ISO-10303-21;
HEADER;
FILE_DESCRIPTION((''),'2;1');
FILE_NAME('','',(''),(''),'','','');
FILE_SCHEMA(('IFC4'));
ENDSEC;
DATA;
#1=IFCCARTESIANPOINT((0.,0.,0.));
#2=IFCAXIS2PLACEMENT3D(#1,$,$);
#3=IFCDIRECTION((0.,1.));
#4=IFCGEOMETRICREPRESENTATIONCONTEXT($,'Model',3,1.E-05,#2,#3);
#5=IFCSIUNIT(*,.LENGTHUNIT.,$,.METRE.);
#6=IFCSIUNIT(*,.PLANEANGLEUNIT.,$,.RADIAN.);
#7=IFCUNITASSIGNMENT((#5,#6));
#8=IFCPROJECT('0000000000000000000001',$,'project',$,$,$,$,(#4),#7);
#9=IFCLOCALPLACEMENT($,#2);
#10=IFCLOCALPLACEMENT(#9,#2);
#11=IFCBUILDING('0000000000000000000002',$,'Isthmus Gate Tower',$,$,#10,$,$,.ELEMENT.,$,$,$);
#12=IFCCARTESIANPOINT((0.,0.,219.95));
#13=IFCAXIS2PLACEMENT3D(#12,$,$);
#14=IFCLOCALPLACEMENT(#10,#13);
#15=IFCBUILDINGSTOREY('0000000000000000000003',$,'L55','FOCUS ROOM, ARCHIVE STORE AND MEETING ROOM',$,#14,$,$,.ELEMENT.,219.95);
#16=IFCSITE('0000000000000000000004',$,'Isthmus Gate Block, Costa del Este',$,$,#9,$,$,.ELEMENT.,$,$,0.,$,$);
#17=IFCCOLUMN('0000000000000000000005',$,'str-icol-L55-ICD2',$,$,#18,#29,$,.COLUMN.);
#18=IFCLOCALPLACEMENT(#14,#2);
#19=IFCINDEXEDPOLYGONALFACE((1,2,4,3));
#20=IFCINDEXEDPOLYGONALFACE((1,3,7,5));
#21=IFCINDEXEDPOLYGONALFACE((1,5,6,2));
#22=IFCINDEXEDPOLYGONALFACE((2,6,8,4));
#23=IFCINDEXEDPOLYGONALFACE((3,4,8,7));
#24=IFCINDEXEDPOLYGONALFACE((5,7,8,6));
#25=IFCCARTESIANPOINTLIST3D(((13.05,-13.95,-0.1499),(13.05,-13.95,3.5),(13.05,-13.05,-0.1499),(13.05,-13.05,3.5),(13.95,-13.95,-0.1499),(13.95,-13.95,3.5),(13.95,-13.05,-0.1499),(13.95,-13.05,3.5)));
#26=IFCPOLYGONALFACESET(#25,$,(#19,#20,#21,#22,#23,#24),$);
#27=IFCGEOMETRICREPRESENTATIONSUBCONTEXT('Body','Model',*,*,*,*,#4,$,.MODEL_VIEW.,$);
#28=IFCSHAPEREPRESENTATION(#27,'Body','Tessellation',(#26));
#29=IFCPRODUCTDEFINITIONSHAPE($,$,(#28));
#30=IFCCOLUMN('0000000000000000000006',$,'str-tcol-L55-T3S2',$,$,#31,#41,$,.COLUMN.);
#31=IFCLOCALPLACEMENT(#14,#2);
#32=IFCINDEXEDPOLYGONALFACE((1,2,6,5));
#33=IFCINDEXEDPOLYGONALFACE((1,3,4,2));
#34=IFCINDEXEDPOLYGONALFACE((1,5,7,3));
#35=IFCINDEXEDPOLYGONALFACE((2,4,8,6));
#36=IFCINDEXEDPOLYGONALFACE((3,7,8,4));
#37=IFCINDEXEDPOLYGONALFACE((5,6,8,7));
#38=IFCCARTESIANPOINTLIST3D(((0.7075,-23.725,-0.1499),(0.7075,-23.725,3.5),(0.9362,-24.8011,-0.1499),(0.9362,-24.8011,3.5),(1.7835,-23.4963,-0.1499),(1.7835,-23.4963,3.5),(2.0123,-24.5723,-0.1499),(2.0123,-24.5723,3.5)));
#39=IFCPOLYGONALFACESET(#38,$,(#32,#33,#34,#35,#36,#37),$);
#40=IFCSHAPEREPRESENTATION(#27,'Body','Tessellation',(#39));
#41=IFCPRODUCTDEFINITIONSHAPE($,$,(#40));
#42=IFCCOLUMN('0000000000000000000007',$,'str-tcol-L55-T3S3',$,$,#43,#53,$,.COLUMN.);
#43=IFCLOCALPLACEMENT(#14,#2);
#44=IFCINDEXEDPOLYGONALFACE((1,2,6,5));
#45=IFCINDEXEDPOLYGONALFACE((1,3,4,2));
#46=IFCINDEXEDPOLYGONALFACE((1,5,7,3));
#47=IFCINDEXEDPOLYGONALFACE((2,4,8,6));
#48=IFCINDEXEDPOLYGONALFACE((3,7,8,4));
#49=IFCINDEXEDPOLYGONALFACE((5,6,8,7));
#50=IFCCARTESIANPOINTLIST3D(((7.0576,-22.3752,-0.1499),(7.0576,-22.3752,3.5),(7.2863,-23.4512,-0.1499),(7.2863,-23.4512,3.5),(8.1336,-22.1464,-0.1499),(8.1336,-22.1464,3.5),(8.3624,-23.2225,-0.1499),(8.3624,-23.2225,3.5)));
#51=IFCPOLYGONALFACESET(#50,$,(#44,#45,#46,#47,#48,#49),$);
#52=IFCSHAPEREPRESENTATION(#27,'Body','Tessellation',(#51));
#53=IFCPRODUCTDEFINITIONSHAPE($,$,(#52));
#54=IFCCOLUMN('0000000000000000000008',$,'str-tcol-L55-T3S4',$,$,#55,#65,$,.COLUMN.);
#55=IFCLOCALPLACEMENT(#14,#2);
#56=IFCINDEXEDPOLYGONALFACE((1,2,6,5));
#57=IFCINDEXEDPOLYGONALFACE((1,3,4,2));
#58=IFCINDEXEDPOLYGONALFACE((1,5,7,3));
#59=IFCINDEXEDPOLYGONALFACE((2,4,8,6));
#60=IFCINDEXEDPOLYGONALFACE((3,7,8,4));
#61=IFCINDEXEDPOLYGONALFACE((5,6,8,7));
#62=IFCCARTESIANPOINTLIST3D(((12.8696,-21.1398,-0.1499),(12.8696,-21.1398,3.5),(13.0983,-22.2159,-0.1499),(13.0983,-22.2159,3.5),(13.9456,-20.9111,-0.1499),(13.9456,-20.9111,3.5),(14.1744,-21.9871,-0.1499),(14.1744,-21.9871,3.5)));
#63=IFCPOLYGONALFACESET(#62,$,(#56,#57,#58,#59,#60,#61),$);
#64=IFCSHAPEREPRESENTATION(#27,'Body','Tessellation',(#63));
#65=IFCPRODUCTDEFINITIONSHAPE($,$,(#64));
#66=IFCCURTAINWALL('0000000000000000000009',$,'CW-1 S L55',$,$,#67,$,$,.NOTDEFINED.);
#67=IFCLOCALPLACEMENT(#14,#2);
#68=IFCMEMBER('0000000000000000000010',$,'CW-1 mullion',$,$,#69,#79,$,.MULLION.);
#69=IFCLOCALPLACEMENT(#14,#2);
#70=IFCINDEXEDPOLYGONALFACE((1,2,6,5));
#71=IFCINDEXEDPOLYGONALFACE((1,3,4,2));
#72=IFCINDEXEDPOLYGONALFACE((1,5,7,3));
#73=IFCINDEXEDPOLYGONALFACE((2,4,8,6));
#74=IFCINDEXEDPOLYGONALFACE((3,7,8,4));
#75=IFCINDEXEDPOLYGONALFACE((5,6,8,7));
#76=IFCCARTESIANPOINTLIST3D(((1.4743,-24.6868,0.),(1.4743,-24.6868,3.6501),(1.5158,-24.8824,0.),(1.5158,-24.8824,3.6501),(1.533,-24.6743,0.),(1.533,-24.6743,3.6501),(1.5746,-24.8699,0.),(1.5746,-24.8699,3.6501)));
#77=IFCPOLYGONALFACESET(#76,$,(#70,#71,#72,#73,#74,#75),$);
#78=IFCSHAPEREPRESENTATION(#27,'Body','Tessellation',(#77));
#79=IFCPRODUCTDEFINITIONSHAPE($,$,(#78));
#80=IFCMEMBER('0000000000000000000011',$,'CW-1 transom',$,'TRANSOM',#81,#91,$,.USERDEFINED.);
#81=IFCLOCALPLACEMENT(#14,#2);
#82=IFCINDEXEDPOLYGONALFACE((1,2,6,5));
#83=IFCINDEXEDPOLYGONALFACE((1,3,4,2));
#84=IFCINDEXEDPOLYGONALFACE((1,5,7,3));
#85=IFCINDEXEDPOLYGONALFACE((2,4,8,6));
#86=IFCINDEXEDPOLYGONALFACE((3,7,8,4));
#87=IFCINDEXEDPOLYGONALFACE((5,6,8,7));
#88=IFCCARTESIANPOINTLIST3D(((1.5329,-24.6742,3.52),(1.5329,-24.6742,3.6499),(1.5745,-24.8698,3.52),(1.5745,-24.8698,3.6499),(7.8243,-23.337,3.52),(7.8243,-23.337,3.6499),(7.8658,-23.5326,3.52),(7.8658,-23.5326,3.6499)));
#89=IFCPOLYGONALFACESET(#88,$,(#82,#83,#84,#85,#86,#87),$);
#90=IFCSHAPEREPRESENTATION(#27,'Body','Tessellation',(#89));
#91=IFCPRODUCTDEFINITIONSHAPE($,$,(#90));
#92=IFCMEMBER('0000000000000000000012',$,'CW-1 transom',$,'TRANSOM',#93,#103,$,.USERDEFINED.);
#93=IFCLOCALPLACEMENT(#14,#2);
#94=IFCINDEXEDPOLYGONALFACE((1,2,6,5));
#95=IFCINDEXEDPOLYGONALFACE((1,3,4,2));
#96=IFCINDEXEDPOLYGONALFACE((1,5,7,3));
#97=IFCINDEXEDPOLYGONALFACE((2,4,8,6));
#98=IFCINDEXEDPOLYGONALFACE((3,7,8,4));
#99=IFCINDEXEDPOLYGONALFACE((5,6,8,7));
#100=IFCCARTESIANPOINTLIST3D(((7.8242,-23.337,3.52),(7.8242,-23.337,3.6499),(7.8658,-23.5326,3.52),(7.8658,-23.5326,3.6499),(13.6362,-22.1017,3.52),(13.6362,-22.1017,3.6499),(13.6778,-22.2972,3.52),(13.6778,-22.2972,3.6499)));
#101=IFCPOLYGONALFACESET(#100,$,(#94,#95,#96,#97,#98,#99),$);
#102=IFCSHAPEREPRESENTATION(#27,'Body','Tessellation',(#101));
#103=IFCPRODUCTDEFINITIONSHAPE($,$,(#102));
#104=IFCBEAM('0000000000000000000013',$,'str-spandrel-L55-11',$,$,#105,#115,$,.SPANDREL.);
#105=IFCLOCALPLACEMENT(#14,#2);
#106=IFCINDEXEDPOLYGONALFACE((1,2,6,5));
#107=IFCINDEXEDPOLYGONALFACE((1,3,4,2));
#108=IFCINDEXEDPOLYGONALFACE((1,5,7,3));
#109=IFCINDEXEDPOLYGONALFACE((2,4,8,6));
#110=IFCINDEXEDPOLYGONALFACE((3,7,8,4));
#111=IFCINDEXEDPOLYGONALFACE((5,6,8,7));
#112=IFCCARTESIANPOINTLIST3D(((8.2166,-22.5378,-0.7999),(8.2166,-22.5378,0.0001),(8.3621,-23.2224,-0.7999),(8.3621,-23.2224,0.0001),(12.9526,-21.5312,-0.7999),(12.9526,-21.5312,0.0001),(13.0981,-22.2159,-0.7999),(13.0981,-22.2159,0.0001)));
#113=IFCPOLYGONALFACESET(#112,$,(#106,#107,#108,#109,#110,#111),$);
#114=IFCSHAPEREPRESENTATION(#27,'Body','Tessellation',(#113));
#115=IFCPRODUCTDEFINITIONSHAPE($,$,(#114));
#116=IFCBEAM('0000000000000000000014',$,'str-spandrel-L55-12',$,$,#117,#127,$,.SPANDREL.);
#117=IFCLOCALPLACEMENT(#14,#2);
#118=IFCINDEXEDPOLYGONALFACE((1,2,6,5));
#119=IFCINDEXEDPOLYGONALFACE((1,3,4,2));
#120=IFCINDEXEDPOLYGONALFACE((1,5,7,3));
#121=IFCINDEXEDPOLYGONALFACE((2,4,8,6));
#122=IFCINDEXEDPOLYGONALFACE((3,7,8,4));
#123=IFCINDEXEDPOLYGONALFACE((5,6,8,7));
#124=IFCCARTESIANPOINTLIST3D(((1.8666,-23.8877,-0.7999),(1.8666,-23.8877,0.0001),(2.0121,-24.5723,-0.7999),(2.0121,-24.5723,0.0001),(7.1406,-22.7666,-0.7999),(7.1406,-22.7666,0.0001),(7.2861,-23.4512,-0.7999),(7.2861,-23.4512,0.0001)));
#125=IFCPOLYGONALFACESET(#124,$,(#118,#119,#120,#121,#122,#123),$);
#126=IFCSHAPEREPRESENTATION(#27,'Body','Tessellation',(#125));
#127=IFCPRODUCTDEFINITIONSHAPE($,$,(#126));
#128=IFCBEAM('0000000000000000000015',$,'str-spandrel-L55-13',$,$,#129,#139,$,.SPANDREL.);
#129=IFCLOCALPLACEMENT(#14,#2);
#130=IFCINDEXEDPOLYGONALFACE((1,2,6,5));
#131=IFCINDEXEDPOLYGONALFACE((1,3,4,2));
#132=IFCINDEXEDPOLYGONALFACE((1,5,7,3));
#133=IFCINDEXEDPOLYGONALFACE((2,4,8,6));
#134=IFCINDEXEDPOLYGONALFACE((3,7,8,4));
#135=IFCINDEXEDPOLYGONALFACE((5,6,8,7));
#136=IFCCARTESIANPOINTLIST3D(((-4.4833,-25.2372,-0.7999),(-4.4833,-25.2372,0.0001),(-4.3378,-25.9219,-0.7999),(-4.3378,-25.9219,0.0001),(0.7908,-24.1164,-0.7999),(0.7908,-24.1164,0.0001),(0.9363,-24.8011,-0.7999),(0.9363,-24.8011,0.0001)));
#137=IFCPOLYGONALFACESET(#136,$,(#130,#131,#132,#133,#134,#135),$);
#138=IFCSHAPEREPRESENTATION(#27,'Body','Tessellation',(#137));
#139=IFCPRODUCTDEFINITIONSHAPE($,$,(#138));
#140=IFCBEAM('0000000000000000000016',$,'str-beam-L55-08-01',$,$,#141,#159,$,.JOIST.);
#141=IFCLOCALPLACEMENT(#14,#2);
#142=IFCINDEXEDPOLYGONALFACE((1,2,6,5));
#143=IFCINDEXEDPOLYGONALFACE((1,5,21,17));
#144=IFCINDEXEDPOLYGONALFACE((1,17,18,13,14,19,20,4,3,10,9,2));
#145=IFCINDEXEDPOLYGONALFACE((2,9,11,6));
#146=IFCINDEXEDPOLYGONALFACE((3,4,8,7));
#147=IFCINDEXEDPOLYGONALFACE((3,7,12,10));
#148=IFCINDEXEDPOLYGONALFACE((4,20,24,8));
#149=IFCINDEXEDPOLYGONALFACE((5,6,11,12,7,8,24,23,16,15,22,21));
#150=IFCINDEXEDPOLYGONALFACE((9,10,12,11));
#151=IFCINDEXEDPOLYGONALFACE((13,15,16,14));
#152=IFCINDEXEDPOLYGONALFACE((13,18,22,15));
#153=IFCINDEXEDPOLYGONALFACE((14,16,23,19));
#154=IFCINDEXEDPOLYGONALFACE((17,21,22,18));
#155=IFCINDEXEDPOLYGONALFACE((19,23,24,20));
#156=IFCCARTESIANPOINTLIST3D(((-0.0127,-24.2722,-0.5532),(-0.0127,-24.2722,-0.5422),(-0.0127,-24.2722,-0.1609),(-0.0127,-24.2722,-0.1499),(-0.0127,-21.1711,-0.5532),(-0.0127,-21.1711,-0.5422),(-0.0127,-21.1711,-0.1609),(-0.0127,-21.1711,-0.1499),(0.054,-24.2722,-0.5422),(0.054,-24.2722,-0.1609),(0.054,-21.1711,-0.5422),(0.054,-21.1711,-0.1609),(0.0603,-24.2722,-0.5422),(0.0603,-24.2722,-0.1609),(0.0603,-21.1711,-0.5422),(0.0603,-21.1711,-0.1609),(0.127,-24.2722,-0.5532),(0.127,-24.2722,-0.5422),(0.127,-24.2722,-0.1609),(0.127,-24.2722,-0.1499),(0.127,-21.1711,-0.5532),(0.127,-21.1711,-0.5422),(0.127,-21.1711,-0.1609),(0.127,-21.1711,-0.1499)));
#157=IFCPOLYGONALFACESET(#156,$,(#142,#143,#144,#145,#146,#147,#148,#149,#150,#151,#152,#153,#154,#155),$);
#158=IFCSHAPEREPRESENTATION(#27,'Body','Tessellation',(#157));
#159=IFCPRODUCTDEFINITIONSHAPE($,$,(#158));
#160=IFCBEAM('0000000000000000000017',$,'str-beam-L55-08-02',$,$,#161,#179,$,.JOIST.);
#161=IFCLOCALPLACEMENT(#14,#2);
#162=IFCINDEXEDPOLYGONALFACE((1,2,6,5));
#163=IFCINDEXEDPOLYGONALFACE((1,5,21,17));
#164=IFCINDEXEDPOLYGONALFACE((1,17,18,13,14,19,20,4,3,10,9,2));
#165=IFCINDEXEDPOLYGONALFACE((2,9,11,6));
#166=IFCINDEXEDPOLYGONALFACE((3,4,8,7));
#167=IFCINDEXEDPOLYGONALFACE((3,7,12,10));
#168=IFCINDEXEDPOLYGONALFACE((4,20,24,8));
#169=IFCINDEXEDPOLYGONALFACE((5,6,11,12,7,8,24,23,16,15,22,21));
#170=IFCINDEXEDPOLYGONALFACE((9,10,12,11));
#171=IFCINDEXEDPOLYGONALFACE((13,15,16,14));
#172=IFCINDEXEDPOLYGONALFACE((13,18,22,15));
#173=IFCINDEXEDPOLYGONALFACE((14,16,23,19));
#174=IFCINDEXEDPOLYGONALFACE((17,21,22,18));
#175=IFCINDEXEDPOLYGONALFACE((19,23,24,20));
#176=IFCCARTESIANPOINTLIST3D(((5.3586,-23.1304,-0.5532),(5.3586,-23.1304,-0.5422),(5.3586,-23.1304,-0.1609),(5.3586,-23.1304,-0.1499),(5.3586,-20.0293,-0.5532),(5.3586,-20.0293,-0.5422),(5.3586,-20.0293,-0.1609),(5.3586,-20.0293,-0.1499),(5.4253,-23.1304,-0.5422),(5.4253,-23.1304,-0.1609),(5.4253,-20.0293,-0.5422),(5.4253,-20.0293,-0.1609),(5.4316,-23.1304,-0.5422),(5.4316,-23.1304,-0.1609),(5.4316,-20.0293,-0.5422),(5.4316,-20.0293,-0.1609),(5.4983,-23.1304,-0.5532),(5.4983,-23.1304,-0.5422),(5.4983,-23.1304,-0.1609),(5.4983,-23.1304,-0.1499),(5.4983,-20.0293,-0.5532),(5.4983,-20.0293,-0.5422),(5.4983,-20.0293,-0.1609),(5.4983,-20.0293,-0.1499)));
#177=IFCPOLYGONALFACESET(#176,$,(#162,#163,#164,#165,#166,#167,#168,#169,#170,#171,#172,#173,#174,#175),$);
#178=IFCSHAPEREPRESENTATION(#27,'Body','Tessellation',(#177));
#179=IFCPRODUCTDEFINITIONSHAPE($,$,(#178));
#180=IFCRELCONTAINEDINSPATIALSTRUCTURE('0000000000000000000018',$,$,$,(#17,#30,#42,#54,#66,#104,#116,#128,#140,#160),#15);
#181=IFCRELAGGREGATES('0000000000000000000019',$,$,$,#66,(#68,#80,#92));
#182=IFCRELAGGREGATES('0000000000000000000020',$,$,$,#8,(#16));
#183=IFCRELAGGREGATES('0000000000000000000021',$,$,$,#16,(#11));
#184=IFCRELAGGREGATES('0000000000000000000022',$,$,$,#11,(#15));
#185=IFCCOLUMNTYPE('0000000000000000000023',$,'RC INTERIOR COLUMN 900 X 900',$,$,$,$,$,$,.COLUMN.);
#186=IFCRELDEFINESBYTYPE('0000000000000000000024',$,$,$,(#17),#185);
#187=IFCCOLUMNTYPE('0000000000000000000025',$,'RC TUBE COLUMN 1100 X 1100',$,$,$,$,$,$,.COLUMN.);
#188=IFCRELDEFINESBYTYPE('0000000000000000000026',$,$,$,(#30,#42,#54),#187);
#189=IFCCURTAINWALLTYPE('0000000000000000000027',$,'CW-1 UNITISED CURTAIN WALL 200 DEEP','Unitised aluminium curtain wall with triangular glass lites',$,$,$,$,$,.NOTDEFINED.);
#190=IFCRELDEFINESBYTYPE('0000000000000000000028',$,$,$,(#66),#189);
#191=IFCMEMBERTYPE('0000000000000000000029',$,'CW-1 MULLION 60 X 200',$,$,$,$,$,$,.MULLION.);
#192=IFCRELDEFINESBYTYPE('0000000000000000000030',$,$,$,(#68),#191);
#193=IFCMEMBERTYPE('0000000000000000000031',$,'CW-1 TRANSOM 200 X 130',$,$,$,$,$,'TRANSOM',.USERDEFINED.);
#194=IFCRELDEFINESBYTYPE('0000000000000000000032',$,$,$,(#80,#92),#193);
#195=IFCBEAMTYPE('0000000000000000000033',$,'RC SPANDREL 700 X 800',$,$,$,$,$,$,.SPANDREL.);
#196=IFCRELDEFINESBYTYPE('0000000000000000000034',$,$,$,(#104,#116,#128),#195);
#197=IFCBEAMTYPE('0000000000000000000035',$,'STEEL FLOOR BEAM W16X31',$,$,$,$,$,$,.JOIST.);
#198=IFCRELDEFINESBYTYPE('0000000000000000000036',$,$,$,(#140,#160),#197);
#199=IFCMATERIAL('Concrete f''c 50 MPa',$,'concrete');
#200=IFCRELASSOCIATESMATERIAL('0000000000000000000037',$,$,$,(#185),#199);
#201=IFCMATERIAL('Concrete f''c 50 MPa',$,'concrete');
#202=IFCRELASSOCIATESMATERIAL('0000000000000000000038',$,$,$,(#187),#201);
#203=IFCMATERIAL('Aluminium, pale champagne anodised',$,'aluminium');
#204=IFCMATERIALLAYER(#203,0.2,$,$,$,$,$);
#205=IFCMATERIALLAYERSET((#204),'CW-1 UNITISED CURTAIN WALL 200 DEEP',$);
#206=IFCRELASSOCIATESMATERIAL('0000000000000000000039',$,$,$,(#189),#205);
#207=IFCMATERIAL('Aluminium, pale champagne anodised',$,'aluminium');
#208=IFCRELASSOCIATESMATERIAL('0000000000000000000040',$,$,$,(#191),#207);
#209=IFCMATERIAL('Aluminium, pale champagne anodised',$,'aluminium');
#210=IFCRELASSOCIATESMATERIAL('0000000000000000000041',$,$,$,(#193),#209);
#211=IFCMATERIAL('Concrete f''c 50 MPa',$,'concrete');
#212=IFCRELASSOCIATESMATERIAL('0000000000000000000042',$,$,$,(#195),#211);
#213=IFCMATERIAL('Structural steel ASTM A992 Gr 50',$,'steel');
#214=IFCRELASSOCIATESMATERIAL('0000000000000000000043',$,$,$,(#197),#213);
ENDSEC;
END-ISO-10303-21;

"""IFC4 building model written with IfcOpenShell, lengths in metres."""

from ifc_helpers import new_model, si_unit, direction, frame, origin, origin_2d, place, context, subcontext, project, spatial, rectangle, i_section, extrude, material, layer, layer_set, material_profile, profile_set, type_object, element, aggregate, save


model = new_model("IFC4")

# Units and contexts
model_context = context("Model", 3, precision=1e-05, world=origin(), true_north=direction((0.0, 1.0)))
body_context = subcontext(model_context, "Body", "Model", "MODEL_VIEW")
ifc_project = project(units=[si_unit("LENGTHUNIT", "METRE"), si_unit("PLANEANGLEUNIT", "RADIAN")], contexts=[model_context])

# Site, building, storey
site_placement = place(None, origin())
site = spatial("IfcSite", under=ifc_project, at=site_placement, Name="Isthmus Gate Block, Costa del Este", CompositionType="ELEMENT", RefElevation=0.0)
building_placement = place(site_placement, origin())
building = spatial("IfcBuilding", under=site, at=building_placement, Name="Isthmus Gate Tower", CompositionType="ELEMENT")
storey_placement = place(building_placement, frame((0.0, 0.0, 219.95)))
storey = spatial("IfcBuildingStorey", under=building, at=storey_placement, Name="L55", Description="FOCUS ROOM, ARCHIVE STORE AND MEETING ROOM", CompositionType="ELEMENT", Elevation=219.95)

# Columns
ifc_material_1 = material(Name="Concrete f'c 50 MPa", Category="concrete")
ifc_material_profile_1 = material_profile(ifc_material_1, rectangle(XDim=0.8999, YDim=0.8999, at=origin_2d()), Name="RC 900X900")
ifc_profile_set_1 = profile_set([ifc_material_profile_1], Name="Concrete f'c 50 MPa")
column_type_1 = type_object("IfcColumnType", Name="RC INTERIOR COLUMN 900 X 900", PredefinedType="COLUMN", material=ifc_profile_set_1)
column_placement = place(storey_placement, frame((13.5, -13.5, -0.1499), z_axis=(0.0, 0.0, 1.0), x_axis=(1.0, 0.0, 0.0)))
element("IfcColumn", 1, at=column_placement, inside=storey, type_object=column_type_1, Name="str-icol-L55-ICD2", PredefinedType="COLUMN", context=body_context, shape_type="SweptSolid", body=[
    extrude(rectangle(XDim=0.8999, YDim=0.8999, at=origin_2d()), origin(), (0.0, 0.0, 1.0), 3.6499),
])
ifc_material_2 = material(Name="Concrete f'c 50 MPa", Category="concrete")
ifc_material_profile_2 = material_profile(ifc_material_2, rectangle(XDim=1.1001, YDim=1.1001, at=origin_2d()), Name="RC 1100X1100")
ifc_profile_set_2 = profile_set([ifc_material_profile_2], Name="Concrete f'c 50 MPa")
column_type_2 = type_object("IfcColumnType", Name="RC TUBE COLUMN 1100 X 1100", PredefinedType="COLUMN", material=ifc_profile_set_2)
for number, where, z_axis, x_axis, name in (
    (2, (1.3599, -24.1487, -0.1499), (0.0, 0.0, 1.0), (0.978148, 0.207912, 0.0), "str-tcol-L55-T3S2"),
    (3, (7.71, -22.7988, -0.1499), (0.0, 0.0, 1.0), (0.978148, 0.207912, 0.0), "str-tcol-L55-T3S3"),
    (4, (13.522, -21.5635, -0.1499), (0.0, 0.0, 1.0), (0.978148, 0.207912, 0.0), "str-tcol-L55-T3S4"),
):
    element("IfcColumn", number, at=place(storey_placement, frame(where, z_axis=z_axis, x_axis=x_axis)), inside=storey, type_object=column_type_2, Name=name, PredefinedType="COLUMN", context=body_context, shape_type="SweptSolid", body=[
        extrude(rectangle(XDim=1.1001, YDim=1.1001, at=origin_2d()), origin(), (0.0, 0.0, 1.0), 3.6499),
    ])

# Curtain wall, members
ifc_material_3 = material(Name="Aluminium, pale champagne anodised", Category="aluminium")
ifc_layer_1 = layer(ifc_material_3, 0.2)
ifc_layer_set_1 = layer_set([ifc_layer_1], Name="CW-1 UNITISED CURTAIN WALL 200 DEEP")
curtain_wall_type = type_object("IfcCurtainWallType", Name="CW-1 UNITISED CURTAIN WALL 200 DEEP", Description="Unitised aluminium curtain wall with triangular glass lites", PredefinedType="NOTDEFINED", material=ifc_layer_set_1)
curtain_wall_placement = place(storey_placement, origin())
curtain_wall = element("IfcCurtainWall", 5, at=curtain_wall_placement, inside=storey, type_object=curtain_wall_type, Name="CW-1 S L55", PredefinedType="NOTDEFINED")
ifc_material_4 = material(Name="Aluminium, pale champagne anodised", Category="aluminium")
ifc_material_profile_3 = material_profile(ifc_material_4, rectangle(XDim=0.0601, YDim=0.2, at=origin_2d()), Name="60x200")
ifc_profile_set_3 = profile_set([ifc_material_profile_3], Name="Aluminium, pale champagne anodised")
member_type_1 = type_object("IfcMemberType", Name="CW-1 MULLION 60 X 200", PredefinedType="MULLION", material=ifc_profile_set_3)
member_1_placement = place(storey_placement, frame((1.5244, -24.7783, 0.0), z_axis=(0.0, 0.0, 1.0), x_axis=(0.978148, 0.207912, 0.0)))
member_1 = element("IfcMember", 6, at=member_1_placement, type_object=member_type_1, Name="CW-1 mullion", PredefinedType="MULLION", context=body_context, shape_type="SweptSolid", body=[
    extrude(rectangle(XDim=0.0601, YDim=0.2, at=origin_2d()), origin(), (0.0, 0.0, 1.0), 3.6501),
])
ifc_material_5 = material(Name="Aluminium, pale champagne anodised", Category="aluminium")
ifc_material_profile_4 = material_profile(ifc_material_5, rectangle(XDim=0.2, YDim=0.1299, at=origin_2d()), Name="200x130")
ifc_profile_set_4 = profile_set([ifc_material_profile_4], Name="Aluminium, pale champagne anodised")
member_type_2 = type_object("IfcMemberType", Name="CW-1 TRANSOM 200 X 130", ElementType="TRANSOM", PredefinedType="USERDEFINED", material=ifc_profile_set_4)
member_2_placement = place(storey_placement, frame((1.5537, -24.772, 3.585), z_axis=(0.97815, 0.207898, 0.0), x_axis=(-0.207898, 0.97815, 0.0)))
member_2 = element("IfcMember", 7, at=member_2_placement, type_object=member_type_2, Name="CW-1 transom", ObjectType="TRANSOM", PredefinedType="USERDEFINED", context=body_context, shape_type="SweptSolid", body=[
    extrude(rectangle(XDim=0.2, YDim=0.1299, at=origin_2d()), origin(), (0.0, 0.0, 1.0), 6.4319),
])
member_3_placement = place(storey_placement, frame((7.845, -23.4348, 3.585), z_axis=(0.978149, 0.207907, 0.0), x_axis=(-0.207907, 0.978149, 0.0)))
member_3 = element("IfcMember", 8, at=member_3_placement, type_object=member_type_2, Name="CW-1 transom", ObjectType="TRANSOM", PredefinedType="USERDEFINED", context=body_context, shape_type="SweptSolid", body=[
    extrude(rectangle(XDim=0.2, YDim=0.1299, at=origin_2d()), origin(), (0.0, 0.0, 1.0), 5.9419),
])

# Beams
ifc_material_6 = material(Name="Concrete f'c 50 MPa", Category="concrete")
ifc_material_profile_5 = material_profile(ifc_material_6, rectangle(XDim=0.7, YDim=0.8, at=origin_2d()), Name="RC 700X800")
ifc_profile_set_5 = profile_set([ifc_material_profile_5], Name="Concrete f'c 50 MPa")
beam_type_1 = type_object("IfcBeamType", Name="RC SPANDREL 700 X 800", PredefinedType="SPANDREL", material=ifc_profile_set_5)
beam_1_placement = place(storey_placement, frame((13.0254, -21.8735, -0.3999), z_axis=(-0.978152, -0.207893, 0.0), x_axis=(0.207893, -0.978152, 0.0)))
element("IfcBeam", 9, at=beam_1_placement, inside=storey, type_object=beam_type_1, Name="str-spandrel-L55-11", PredefinedType="SPANDREL", context=body_context, shape_type="SweptSolid", body=[
    extrude(rectangle(XDim=0.7, YDim=0.8, at=origin_2d()), origin(), (0.0, 0.0, 1.0), 4.8418),
])
for number, where, z_axis, x_axis, name in (
    (10, (7.2134, -23.1089, -0.3999), (-0.978144, -0.207927, 0.0), (0.207927, -0.978144, 0.0), "str-spandrel-L55-12"),
    (11, (0.8635, -24.4587, -0.3999), (-0.978156, -0.207874, 0.0), (0.207874, -0.978156, 0.0), "str-spandrel-L55-13"),
):
    element("IfcBeam", number, at=place(storey_placement, frame(where, z_axis=z_axis, x_axis=x_axis)), inside=storey, type_object=beam_type_1, Name=name, PredefinedType="SPANDREL", context=body_context, shape_type="SweptSolid", body=[
        extrude(rectangle(XDim=0.7, YDim=0.8, at=origin_2d()), origin(), (0.0, 0.0, 1.0), 5.3918),
    ])
ifc_material_7 = material(Name="Structural steel ASTM A992 Gr 50", Category="steel")
ifc_material_profile_6 = material_profile(ifc_material_7, i_section(OverallWidth=0.1396, OverallDepth=0.4033, WebThickness=0.0063, FlangeThickness=0.011, at=origin_2d()), Name="W16X31")
ifc_profile_set_6 = profile_set([ifc_material_profile_6], Name="Structural steel ASTM A992 Gr 50")
beam_type_2 = type_object("IfcBeamType", Name="STEEL FLOOR BEAM W16X31", PredefinedType="JOIST", material=ifc_profile_set_6)
for number, where, z_axis, x_axis, name in (
    (12, (0.0571, -24.2722, -0.3516), (0.0, 1.0, 0.0), (-1.0, 0.0, 0.0), "str-beam-L55-08-01"),
    (13, (5.4285, -23.1304, -0.3516), (0.0, 1.0, 0.0), (-1.0, 0.0, 0.0), "str-beam-L55-08-02"),
):
    element("IfcBeam", number, at=place(storey_placement, frame(where, z_axis=z_axis, x_axis=x_axis)), inside=storey, type_object=beam_type_2, Name=name, PredefinedType="JOIST", context=body_context, shape_type="SweptSolid", body=[
        extrude(i_section(OverallWidth=0.1396, OverallDepth=0.4033, WebThickness=0.0063, FlangeThickness=0.011, at=origin_2d()), origin(), (0.0, 0.0, 1.0), 3.1011),
    ])

aggregate(curtain_wall, [member_1, member_2, member_3])

save(model, "model.ifc")
